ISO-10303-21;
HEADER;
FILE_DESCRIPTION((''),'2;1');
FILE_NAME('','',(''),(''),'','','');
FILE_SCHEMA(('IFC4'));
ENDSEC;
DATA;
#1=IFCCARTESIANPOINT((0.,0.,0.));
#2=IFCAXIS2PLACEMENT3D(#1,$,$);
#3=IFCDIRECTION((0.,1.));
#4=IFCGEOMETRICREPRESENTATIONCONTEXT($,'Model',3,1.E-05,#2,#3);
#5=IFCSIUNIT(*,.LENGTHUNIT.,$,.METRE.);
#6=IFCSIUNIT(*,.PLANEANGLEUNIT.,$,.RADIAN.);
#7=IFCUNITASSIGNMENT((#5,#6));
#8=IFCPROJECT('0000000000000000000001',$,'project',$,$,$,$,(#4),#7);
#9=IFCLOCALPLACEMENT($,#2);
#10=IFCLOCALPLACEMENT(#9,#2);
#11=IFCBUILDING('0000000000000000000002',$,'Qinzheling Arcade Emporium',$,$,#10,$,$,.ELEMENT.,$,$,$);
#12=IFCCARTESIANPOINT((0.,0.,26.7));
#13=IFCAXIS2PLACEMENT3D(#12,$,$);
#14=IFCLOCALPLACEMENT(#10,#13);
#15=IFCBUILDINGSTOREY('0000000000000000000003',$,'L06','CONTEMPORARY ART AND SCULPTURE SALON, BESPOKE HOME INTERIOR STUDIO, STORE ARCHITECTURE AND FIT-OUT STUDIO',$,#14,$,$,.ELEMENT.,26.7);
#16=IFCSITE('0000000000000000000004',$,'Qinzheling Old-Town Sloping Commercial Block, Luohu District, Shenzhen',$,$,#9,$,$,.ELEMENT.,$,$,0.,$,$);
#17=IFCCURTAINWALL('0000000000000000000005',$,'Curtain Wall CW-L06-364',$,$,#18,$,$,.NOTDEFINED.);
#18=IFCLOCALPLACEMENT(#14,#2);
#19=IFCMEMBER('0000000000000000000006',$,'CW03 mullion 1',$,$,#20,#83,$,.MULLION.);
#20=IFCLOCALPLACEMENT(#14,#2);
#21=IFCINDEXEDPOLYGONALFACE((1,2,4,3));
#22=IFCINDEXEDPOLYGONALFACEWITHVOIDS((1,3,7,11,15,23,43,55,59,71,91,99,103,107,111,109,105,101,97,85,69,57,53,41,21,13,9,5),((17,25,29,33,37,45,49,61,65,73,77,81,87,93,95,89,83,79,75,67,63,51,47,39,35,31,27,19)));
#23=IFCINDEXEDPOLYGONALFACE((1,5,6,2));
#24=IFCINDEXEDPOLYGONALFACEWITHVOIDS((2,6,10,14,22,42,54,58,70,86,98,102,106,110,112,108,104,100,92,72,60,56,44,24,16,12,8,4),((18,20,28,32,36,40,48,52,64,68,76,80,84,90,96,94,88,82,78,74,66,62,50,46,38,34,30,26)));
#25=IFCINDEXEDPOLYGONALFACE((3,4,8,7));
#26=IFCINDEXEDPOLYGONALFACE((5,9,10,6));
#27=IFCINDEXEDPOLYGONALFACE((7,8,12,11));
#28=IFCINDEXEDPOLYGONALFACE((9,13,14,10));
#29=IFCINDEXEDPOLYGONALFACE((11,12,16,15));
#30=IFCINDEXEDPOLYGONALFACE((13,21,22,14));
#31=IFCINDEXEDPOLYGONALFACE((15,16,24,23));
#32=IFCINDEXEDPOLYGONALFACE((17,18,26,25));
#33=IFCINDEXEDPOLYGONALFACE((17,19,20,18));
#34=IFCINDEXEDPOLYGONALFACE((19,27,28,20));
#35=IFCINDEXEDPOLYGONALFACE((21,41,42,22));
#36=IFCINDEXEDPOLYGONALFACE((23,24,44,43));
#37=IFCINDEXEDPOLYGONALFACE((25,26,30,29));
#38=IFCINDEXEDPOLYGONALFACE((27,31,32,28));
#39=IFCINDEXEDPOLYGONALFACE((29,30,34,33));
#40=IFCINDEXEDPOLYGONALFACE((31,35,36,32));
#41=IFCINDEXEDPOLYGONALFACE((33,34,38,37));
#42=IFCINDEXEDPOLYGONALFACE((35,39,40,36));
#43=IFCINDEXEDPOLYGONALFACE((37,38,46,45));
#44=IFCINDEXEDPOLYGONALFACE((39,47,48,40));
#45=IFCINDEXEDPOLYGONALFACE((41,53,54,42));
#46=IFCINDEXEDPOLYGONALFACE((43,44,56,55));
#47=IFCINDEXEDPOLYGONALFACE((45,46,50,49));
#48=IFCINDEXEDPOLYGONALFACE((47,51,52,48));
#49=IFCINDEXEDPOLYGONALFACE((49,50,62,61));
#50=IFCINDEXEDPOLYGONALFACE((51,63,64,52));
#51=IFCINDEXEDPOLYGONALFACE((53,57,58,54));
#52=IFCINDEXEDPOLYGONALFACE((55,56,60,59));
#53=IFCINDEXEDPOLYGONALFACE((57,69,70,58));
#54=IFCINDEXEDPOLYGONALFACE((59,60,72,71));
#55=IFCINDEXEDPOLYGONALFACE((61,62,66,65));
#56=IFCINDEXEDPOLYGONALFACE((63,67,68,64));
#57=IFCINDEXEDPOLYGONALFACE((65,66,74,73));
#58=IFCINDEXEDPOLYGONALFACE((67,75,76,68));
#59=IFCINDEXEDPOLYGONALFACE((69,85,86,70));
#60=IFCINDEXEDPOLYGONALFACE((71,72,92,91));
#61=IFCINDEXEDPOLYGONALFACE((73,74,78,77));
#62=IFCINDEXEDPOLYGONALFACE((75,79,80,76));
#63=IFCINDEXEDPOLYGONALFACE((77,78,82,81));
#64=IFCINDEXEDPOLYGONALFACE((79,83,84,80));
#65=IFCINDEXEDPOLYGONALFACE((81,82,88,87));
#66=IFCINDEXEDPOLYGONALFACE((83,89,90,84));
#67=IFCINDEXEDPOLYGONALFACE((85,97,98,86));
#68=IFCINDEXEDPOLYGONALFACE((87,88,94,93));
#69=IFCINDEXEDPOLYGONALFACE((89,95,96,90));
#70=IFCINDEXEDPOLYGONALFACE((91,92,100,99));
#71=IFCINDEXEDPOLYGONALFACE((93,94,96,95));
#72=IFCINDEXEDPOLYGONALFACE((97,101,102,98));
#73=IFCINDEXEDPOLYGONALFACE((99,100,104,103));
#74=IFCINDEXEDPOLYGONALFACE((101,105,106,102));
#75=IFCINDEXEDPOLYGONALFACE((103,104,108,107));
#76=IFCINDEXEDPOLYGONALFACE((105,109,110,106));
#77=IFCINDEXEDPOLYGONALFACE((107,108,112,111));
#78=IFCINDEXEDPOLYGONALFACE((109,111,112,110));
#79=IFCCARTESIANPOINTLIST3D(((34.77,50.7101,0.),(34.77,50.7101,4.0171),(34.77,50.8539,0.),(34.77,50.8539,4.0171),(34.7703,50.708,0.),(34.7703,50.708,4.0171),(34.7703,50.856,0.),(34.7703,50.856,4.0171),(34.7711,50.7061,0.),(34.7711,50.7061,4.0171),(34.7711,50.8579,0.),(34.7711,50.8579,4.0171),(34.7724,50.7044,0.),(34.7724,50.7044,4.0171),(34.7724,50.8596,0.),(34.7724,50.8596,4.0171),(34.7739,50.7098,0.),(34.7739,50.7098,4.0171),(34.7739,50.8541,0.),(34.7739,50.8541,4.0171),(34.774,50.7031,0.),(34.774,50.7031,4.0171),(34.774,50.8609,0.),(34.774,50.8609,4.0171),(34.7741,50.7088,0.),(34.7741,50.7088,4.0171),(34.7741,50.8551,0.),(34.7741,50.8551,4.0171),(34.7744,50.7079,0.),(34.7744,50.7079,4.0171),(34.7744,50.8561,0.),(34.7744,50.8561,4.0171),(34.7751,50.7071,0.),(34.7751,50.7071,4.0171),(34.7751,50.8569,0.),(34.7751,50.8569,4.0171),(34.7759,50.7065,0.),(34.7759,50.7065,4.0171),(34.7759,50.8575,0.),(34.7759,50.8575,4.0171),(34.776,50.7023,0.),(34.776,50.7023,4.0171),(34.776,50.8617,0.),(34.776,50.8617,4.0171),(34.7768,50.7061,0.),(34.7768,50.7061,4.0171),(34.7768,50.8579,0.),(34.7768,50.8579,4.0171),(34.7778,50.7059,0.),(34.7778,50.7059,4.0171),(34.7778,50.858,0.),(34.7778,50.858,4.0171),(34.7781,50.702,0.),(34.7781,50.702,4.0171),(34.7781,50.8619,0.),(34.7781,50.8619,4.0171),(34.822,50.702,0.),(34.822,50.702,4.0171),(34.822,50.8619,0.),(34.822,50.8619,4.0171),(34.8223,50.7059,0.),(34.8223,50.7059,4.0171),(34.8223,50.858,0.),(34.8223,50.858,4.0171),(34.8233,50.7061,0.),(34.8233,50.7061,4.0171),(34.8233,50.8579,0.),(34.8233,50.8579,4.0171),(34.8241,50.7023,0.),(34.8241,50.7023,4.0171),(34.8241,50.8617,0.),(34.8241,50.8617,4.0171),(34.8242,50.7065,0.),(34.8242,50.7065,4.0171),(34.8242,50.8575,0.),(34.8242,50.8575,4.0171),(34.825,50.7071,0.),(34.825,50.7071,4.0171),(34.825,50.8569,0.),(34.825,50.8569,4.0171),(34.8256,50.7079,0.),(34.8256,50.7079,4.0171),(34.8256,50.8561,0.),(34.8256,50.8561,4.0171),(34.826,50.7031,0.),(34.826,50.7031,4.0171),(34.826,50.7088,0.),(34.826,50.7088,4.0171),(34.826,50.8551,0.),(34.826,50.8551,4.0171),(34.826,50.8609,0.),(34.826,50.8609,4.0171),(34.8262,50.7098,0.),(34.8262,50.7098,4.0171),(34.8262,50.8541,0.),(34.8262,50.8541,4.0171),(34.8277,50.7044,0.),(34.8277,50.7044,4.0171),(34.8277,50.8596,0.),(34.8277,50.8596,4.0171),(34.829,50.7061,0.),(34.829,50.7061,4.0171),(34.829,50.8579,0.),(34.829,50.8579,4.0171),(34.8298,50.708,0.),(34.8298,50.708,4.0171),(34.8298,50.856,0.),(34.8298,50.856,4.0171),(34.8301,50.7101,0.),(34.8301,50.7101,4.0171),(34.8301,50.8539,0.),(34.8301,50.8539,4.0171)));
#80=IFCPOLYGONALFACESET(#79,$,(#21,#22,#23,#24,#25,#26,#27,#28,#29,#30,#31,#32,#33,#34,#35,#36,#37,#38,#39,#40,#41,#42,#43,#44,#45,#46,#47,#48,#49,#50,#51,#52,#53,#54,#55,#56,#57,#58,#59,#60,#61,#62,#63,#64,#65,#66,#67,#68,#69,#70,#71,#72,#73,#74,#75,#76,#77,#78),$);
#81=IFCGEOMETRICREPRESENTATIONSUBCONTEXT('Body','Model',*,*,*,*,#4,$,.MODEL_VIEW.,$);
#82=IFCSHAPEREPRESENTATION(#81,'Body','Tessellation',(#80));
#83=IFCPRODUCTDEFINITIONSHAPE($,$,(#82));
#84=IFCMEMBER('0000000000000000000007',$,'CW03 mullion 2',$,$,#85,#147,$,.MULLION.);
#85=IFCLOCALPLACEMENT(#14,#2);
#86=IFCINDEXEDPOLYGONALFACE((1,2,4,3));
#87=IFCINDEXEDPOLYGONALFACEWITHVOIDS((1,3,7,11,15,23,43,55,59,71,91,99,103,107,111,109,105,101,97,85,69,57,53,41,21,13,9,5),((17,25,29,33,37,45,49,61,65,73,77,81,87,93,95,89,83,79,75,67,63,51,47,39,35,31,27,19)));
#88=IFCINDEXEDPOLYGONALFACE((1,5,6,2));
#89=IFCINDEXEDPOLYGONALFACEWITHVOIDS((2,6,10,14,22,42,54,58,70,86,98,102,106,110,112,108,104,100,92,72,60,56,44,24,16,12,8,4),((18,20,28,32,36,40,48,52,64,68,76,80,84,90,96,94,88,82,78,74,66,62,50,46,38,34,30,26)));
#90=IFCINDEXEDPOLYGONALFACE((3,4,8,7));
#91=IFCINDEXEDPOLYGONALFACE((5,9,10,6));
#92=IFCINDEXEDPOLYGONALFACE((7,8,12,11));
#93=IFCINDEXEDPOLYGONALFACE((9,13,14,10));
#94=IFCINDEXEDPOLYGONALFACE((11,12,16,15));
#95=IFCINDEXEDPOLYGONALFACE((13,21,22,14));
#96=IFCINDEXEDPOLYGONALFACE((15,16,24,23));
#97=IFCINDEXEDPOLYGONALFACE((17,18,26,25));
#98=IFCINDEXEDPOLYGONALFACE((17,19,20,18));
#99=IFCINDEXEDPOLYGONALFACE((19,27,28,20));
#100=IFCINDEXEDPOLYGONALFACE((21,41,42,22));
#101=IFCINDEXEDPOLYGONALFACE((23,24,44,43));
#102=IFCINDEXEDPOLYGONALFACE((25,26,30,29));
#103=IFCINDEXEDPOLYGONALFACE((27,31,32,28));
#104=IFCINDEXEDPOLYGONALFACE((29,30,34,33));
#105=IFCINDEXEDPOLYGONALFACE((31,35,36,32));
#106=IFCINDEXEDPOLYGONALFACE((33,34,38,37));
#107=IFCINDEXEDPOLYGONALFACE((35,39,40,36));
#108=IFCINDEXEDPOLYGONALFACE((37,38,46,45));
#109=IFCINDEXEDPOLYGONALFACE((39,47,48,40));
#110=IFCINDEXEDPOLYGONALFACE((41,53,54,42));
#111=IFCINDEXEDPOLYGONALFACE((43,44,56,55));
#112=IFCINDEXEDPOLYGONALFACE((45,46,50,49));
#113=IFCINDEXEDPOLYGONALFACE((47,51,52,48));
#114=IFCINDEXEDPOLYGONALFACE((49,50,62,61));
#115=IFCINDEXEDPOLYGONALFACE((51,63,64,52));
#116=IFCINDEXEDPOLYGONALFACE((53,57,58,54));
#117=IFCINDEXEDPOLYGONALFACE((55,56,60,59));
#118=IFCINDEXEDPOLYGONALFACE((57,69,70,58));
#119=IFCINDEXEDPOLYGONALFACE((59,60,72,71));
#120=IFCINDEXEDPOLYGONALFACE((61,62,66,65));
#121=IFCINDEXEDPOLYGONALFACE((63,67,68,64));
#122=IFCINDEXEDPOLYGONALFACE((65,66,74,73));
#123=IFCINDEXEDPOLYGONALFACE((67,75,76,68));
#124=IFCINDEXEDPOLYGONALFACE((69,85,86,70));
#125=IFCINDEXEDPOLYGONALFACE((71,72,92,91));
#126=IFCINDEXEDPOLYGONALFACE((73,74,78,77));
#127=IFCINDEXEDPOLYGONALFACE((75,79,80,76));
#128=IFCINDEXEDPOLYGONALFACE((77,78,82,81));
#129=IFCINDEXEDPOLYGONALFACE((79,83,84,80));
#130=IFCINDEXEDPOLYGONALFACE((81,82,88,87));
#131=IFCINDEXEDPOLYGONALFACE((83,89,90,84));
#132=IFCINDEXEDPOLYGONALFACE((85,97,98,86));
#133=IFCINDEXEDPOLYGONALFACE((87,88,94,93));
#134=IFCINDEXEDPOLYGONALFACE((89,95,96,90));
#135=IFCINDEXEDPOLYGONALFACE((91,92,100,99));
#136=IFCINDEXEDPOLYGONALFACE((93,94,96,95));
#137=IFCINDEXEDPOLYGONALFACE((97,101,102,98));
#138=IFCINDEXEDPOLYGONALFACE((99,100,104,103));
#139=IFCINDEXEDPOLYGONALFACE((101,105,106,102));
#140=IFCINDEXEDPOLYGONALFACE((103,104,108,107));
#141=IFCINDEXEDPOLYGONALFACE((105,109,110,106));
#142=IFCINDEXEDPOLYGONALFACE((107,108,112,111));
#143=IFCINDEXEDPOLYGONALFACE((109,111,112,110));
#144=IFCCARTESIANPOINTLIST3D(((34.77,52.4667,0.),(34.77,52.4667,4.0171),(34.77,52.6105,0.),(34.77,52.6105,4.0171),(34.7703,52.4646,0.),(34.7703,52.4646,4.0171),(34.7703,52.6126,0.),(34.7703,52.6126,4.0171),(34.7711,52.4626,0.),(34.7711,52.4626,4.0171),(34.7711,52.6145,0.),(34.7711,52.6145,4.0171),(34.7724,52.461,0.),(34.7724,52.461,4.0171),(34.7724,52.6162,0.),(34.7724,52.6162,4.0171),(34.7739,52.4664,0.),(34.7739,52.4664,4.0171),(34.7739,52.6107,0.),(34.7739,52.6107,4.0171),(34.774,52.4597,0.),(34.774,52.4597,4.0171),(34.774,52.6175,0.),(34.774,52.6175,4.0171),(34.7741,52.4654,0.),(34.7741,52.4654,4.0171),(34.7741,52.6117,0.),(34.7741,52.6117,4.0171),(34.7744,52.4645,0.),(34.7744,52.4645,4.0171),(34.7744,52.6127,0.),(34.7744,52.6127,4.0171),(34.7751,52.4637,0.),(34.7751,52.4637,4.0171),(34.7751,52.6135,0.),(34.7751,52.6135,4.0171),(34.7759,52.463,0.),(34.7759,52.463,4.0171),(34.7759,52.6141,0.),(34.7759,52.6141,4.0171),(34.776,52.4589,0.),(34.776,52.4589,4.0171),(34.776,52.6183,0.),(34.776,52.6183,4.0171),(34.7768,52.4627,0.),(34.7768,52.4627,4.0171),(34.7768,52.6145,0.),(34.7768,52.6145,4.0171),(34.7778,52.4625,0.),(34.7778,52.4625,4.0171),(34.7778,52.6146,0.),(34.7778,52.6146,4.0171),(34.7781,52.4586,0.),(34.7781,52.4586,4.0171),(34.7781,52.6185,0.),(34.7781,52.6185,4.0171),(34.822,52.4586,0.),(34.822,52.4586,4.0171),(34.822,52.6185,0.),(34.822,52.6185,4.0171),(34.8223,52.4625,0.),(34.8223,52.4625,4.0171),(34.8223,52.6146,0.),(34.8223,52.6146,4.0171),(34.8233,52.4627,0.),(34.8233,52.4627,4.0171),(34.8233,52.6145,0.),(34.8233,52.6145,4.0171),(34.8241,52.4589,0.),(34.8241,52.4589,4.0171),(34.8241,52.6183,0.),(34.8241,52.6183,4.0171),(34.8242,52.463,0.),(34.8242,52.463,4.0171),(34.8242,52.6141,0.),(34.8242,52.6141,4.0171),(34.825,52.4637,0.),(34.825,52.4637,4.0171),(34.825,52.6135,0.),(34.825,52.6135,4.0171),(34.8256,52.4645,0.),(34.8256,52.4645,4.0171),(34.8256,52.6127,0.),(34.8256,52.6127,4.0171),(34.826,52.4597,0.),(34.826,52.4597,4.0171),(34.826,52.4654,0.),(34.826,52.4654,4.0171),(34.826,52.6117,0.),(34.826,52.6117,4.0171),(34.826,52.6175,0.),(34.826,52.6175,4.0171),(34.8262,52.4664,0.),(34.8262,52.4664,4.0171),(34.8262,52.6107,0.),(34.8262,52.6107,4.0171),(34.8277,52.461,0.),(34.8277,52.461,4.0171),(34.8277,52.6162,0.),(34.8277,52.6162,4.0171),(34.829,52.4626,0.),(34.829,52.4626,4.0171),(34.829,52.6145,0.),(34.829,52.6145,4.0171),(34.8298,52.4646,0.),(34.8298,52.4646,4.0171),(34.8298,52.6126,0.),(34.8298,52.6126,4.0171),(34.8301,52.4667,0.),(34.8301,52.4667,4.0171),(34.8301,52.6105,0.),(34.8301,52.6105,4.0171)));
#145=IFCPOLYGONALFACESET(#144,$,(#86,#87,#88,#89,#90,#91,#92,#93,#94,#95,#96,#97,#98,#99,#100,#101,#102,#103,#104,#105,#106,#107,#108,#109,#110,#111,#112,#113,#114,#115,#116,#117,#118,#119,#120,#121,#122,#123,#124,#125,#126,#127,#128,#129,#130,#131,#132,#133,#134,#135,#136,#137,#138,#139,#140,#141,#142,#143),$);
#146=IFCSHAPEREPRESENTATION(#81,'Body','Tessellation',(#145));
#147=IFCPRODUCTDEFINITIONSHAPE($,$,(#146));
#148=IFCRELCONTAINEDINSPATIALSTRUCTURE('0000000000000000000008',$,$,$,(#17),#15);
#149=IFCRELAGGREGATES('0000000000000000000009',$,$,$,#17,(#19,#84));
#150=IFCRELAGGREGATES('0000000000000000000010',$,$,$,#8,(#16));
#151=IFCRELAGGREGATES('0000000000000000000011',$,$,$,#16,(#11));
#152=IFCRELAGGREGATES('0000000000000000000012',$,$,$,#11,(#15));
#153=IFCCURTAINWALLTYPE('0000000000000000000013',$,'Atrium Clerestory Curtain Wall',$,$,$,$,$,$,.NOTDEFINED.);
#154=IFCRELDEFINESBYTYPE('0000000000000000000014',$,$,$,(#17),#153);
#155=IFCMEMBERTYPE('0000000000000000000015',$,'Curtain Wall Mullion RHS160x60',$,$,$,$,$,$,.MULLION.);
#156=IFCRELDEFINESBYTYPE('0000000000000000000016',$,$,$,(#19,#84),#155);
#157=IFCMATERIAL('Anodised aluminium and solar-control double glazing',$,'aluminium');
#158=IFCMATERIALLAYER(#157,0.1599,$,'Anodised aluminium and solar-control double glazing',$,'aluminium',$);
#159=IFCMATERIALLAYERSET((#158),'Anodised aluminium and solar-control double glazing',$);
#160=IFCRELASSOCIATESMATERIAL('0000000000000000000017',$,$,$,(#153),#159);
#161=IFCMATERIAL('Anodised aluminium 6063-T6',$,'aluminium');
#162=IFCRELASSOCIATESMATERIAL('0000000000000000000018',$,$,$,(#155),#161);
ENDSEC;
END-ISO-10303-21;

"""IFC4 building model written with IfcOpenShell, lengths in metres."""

from ifc_helpers import new_model, si_unit, direction, frame, origin, origin_2d, place, context, subcontext, project, spatial, hollow_rectangle, extrude, material, layer, layer_set, material_profile, profile_set, type_object, element, aggregate, save


model = new_model("IFC4")

# Units and contexts
model_context = context("Model", 3, precision=1e-05, world=origin(), true_north=direction((0.0, 1.0)))
body_context = subcontext(model_context, "Body", "Model", "MODEL_VIEW")
ifc_project = project(units=[si_unit("LENGTHUNIT", "METRE"), si_unit("PLANEANGLEUNIT", "RADIAN")], contexts=[model_context])

# Site, building, storey
site_placement = place(None, origin())
site = spatial("IfcSite", under=ifc_project, at=site_placement, Name="Qinzheling Old-Town Sloping Commercial Block, Luohu District, Shenzhen", CompositionType="ELEMENT", RefElevation=0.0)
building_placement = place(site_placement, origin())
building = spatial("IfcBuilding", under=site, at=building_placement, Name="Qinzheling Arcade Emporium", CompositionType="ELEMENT")
storey_placement = place(building_placement, frame((0.0, 0.0, 26.7)))
storey = spatial("IfcBuildingStorey", under=building, at=storey_placement, Name="L06", Description="CONTEMPORARY ART AND SCULPTURE SALON, BESPOKE HOME INTERIOR STUDIO, STORE ARCHITECTURE AND FIT-OUT STUDIO", CompositionType="ELEMENT", Elevation=26.7)

# Shared definitions
ifc_material_1 = material(Name="Anodised aluminium and solar-control double glazing", Category="aluminium")
ifc_layer_1 = layer(ifc_material_1, 0.1599, Name="Anodised aluminium and solar-control double glazing", Category="aluminium")
ifc_layer_set_1 = layer_set([ifc_layer_1], Name="Anodised aluminium and solar-control double glazing")
curtain_wall_type = type_object("IfcCurtainWallType", Name="Atrium Clerestory Curtain Wall", PredefinedType="NOTDEFINED", material=ifc_layer_set_1)
ifc_material_2 = material(Name="Anodised aluminium 6063-T6", Category="aluminium")
ifc_material_profile_1 = material_profile(ifc_material_2, hollow_rectangle(XDim=0.0601, YDim=0.1599, WallThickness=0.0039, InnerFilletRadius=0.0039, OuterFilletRadius=0.0081, at=origin_2d()), Name="RHS 160x60x4", Category="aluminium")
ifc_profile_set_1 = profile_set([ifc_material_profile_1], Name="Anodised aluminium 6063-T6")
member_type_1 = type_object("IfcMemberType", Name="Curtain Wall Mullion RHS160x60", PredefinedType="MULLION", material=ifc_profile_set_1)

# Curtain wall, members
curtain_wall_1_placement = place(storey_placement, origin())
curtain_wall_1 = element("IfcCurtainWall", 1, at=curtain_wall_1_placement, inside=storey, type_object=curtain_wall_type, Name="Curtain Wall CW-L06-364", PredefinedType="NOTDEFINED")
member_1_placement = place(storey_placement, frame((34.8, 50.782, 0.0), z_axis=(0.0, 0.0, 1.0), x_axis=(-1.0, 0.0, 0.0)))
member_1 = element("IfcMember", 2, at=member_1_placement, type_object=member_type_1, Name="CW03 mullion 1", PredefinedType="MULLION", context=body_context, shape_type="SweptSolid", body=[
    extrude(hollow_rectangle(XDim=0.0601, YDim=0.1599, WallThickness=0.0039, InnerFilletRadius=0.0039, OuterFilletRadius=0.0081, at=origin_2d()), origin(), (0.0, 0.0, 1.0), 4.0171),
])
member_2_placement = place(storey_placement, frame((34.8, 52.5386, 0.0), z_axis=(0.0, 0.0, 1.0), x_axis=(-1.0, 0.0, 0.0)))
member_2 = element("IfcMember", 3, at=member_2_placement, type_object=member_type_1, Name="CW03 mullion 2", PredefinedType="MULLION", context=body_context, shape_type="SweptSolid", body=[
    extrude(hollow_rectangle(XDim=0.0601, YDim=0.1599, WallThickness=0.0039, InnerFilletRadius=0.0039, OuterFilletRadius=0.0081, at=origin_2d()), origin(), (0.0, 0.0, 1.0), 4.0171),
])

aggregate(curtain_wall_1, [member_1, member_2])

save(model, "model.ifc")
